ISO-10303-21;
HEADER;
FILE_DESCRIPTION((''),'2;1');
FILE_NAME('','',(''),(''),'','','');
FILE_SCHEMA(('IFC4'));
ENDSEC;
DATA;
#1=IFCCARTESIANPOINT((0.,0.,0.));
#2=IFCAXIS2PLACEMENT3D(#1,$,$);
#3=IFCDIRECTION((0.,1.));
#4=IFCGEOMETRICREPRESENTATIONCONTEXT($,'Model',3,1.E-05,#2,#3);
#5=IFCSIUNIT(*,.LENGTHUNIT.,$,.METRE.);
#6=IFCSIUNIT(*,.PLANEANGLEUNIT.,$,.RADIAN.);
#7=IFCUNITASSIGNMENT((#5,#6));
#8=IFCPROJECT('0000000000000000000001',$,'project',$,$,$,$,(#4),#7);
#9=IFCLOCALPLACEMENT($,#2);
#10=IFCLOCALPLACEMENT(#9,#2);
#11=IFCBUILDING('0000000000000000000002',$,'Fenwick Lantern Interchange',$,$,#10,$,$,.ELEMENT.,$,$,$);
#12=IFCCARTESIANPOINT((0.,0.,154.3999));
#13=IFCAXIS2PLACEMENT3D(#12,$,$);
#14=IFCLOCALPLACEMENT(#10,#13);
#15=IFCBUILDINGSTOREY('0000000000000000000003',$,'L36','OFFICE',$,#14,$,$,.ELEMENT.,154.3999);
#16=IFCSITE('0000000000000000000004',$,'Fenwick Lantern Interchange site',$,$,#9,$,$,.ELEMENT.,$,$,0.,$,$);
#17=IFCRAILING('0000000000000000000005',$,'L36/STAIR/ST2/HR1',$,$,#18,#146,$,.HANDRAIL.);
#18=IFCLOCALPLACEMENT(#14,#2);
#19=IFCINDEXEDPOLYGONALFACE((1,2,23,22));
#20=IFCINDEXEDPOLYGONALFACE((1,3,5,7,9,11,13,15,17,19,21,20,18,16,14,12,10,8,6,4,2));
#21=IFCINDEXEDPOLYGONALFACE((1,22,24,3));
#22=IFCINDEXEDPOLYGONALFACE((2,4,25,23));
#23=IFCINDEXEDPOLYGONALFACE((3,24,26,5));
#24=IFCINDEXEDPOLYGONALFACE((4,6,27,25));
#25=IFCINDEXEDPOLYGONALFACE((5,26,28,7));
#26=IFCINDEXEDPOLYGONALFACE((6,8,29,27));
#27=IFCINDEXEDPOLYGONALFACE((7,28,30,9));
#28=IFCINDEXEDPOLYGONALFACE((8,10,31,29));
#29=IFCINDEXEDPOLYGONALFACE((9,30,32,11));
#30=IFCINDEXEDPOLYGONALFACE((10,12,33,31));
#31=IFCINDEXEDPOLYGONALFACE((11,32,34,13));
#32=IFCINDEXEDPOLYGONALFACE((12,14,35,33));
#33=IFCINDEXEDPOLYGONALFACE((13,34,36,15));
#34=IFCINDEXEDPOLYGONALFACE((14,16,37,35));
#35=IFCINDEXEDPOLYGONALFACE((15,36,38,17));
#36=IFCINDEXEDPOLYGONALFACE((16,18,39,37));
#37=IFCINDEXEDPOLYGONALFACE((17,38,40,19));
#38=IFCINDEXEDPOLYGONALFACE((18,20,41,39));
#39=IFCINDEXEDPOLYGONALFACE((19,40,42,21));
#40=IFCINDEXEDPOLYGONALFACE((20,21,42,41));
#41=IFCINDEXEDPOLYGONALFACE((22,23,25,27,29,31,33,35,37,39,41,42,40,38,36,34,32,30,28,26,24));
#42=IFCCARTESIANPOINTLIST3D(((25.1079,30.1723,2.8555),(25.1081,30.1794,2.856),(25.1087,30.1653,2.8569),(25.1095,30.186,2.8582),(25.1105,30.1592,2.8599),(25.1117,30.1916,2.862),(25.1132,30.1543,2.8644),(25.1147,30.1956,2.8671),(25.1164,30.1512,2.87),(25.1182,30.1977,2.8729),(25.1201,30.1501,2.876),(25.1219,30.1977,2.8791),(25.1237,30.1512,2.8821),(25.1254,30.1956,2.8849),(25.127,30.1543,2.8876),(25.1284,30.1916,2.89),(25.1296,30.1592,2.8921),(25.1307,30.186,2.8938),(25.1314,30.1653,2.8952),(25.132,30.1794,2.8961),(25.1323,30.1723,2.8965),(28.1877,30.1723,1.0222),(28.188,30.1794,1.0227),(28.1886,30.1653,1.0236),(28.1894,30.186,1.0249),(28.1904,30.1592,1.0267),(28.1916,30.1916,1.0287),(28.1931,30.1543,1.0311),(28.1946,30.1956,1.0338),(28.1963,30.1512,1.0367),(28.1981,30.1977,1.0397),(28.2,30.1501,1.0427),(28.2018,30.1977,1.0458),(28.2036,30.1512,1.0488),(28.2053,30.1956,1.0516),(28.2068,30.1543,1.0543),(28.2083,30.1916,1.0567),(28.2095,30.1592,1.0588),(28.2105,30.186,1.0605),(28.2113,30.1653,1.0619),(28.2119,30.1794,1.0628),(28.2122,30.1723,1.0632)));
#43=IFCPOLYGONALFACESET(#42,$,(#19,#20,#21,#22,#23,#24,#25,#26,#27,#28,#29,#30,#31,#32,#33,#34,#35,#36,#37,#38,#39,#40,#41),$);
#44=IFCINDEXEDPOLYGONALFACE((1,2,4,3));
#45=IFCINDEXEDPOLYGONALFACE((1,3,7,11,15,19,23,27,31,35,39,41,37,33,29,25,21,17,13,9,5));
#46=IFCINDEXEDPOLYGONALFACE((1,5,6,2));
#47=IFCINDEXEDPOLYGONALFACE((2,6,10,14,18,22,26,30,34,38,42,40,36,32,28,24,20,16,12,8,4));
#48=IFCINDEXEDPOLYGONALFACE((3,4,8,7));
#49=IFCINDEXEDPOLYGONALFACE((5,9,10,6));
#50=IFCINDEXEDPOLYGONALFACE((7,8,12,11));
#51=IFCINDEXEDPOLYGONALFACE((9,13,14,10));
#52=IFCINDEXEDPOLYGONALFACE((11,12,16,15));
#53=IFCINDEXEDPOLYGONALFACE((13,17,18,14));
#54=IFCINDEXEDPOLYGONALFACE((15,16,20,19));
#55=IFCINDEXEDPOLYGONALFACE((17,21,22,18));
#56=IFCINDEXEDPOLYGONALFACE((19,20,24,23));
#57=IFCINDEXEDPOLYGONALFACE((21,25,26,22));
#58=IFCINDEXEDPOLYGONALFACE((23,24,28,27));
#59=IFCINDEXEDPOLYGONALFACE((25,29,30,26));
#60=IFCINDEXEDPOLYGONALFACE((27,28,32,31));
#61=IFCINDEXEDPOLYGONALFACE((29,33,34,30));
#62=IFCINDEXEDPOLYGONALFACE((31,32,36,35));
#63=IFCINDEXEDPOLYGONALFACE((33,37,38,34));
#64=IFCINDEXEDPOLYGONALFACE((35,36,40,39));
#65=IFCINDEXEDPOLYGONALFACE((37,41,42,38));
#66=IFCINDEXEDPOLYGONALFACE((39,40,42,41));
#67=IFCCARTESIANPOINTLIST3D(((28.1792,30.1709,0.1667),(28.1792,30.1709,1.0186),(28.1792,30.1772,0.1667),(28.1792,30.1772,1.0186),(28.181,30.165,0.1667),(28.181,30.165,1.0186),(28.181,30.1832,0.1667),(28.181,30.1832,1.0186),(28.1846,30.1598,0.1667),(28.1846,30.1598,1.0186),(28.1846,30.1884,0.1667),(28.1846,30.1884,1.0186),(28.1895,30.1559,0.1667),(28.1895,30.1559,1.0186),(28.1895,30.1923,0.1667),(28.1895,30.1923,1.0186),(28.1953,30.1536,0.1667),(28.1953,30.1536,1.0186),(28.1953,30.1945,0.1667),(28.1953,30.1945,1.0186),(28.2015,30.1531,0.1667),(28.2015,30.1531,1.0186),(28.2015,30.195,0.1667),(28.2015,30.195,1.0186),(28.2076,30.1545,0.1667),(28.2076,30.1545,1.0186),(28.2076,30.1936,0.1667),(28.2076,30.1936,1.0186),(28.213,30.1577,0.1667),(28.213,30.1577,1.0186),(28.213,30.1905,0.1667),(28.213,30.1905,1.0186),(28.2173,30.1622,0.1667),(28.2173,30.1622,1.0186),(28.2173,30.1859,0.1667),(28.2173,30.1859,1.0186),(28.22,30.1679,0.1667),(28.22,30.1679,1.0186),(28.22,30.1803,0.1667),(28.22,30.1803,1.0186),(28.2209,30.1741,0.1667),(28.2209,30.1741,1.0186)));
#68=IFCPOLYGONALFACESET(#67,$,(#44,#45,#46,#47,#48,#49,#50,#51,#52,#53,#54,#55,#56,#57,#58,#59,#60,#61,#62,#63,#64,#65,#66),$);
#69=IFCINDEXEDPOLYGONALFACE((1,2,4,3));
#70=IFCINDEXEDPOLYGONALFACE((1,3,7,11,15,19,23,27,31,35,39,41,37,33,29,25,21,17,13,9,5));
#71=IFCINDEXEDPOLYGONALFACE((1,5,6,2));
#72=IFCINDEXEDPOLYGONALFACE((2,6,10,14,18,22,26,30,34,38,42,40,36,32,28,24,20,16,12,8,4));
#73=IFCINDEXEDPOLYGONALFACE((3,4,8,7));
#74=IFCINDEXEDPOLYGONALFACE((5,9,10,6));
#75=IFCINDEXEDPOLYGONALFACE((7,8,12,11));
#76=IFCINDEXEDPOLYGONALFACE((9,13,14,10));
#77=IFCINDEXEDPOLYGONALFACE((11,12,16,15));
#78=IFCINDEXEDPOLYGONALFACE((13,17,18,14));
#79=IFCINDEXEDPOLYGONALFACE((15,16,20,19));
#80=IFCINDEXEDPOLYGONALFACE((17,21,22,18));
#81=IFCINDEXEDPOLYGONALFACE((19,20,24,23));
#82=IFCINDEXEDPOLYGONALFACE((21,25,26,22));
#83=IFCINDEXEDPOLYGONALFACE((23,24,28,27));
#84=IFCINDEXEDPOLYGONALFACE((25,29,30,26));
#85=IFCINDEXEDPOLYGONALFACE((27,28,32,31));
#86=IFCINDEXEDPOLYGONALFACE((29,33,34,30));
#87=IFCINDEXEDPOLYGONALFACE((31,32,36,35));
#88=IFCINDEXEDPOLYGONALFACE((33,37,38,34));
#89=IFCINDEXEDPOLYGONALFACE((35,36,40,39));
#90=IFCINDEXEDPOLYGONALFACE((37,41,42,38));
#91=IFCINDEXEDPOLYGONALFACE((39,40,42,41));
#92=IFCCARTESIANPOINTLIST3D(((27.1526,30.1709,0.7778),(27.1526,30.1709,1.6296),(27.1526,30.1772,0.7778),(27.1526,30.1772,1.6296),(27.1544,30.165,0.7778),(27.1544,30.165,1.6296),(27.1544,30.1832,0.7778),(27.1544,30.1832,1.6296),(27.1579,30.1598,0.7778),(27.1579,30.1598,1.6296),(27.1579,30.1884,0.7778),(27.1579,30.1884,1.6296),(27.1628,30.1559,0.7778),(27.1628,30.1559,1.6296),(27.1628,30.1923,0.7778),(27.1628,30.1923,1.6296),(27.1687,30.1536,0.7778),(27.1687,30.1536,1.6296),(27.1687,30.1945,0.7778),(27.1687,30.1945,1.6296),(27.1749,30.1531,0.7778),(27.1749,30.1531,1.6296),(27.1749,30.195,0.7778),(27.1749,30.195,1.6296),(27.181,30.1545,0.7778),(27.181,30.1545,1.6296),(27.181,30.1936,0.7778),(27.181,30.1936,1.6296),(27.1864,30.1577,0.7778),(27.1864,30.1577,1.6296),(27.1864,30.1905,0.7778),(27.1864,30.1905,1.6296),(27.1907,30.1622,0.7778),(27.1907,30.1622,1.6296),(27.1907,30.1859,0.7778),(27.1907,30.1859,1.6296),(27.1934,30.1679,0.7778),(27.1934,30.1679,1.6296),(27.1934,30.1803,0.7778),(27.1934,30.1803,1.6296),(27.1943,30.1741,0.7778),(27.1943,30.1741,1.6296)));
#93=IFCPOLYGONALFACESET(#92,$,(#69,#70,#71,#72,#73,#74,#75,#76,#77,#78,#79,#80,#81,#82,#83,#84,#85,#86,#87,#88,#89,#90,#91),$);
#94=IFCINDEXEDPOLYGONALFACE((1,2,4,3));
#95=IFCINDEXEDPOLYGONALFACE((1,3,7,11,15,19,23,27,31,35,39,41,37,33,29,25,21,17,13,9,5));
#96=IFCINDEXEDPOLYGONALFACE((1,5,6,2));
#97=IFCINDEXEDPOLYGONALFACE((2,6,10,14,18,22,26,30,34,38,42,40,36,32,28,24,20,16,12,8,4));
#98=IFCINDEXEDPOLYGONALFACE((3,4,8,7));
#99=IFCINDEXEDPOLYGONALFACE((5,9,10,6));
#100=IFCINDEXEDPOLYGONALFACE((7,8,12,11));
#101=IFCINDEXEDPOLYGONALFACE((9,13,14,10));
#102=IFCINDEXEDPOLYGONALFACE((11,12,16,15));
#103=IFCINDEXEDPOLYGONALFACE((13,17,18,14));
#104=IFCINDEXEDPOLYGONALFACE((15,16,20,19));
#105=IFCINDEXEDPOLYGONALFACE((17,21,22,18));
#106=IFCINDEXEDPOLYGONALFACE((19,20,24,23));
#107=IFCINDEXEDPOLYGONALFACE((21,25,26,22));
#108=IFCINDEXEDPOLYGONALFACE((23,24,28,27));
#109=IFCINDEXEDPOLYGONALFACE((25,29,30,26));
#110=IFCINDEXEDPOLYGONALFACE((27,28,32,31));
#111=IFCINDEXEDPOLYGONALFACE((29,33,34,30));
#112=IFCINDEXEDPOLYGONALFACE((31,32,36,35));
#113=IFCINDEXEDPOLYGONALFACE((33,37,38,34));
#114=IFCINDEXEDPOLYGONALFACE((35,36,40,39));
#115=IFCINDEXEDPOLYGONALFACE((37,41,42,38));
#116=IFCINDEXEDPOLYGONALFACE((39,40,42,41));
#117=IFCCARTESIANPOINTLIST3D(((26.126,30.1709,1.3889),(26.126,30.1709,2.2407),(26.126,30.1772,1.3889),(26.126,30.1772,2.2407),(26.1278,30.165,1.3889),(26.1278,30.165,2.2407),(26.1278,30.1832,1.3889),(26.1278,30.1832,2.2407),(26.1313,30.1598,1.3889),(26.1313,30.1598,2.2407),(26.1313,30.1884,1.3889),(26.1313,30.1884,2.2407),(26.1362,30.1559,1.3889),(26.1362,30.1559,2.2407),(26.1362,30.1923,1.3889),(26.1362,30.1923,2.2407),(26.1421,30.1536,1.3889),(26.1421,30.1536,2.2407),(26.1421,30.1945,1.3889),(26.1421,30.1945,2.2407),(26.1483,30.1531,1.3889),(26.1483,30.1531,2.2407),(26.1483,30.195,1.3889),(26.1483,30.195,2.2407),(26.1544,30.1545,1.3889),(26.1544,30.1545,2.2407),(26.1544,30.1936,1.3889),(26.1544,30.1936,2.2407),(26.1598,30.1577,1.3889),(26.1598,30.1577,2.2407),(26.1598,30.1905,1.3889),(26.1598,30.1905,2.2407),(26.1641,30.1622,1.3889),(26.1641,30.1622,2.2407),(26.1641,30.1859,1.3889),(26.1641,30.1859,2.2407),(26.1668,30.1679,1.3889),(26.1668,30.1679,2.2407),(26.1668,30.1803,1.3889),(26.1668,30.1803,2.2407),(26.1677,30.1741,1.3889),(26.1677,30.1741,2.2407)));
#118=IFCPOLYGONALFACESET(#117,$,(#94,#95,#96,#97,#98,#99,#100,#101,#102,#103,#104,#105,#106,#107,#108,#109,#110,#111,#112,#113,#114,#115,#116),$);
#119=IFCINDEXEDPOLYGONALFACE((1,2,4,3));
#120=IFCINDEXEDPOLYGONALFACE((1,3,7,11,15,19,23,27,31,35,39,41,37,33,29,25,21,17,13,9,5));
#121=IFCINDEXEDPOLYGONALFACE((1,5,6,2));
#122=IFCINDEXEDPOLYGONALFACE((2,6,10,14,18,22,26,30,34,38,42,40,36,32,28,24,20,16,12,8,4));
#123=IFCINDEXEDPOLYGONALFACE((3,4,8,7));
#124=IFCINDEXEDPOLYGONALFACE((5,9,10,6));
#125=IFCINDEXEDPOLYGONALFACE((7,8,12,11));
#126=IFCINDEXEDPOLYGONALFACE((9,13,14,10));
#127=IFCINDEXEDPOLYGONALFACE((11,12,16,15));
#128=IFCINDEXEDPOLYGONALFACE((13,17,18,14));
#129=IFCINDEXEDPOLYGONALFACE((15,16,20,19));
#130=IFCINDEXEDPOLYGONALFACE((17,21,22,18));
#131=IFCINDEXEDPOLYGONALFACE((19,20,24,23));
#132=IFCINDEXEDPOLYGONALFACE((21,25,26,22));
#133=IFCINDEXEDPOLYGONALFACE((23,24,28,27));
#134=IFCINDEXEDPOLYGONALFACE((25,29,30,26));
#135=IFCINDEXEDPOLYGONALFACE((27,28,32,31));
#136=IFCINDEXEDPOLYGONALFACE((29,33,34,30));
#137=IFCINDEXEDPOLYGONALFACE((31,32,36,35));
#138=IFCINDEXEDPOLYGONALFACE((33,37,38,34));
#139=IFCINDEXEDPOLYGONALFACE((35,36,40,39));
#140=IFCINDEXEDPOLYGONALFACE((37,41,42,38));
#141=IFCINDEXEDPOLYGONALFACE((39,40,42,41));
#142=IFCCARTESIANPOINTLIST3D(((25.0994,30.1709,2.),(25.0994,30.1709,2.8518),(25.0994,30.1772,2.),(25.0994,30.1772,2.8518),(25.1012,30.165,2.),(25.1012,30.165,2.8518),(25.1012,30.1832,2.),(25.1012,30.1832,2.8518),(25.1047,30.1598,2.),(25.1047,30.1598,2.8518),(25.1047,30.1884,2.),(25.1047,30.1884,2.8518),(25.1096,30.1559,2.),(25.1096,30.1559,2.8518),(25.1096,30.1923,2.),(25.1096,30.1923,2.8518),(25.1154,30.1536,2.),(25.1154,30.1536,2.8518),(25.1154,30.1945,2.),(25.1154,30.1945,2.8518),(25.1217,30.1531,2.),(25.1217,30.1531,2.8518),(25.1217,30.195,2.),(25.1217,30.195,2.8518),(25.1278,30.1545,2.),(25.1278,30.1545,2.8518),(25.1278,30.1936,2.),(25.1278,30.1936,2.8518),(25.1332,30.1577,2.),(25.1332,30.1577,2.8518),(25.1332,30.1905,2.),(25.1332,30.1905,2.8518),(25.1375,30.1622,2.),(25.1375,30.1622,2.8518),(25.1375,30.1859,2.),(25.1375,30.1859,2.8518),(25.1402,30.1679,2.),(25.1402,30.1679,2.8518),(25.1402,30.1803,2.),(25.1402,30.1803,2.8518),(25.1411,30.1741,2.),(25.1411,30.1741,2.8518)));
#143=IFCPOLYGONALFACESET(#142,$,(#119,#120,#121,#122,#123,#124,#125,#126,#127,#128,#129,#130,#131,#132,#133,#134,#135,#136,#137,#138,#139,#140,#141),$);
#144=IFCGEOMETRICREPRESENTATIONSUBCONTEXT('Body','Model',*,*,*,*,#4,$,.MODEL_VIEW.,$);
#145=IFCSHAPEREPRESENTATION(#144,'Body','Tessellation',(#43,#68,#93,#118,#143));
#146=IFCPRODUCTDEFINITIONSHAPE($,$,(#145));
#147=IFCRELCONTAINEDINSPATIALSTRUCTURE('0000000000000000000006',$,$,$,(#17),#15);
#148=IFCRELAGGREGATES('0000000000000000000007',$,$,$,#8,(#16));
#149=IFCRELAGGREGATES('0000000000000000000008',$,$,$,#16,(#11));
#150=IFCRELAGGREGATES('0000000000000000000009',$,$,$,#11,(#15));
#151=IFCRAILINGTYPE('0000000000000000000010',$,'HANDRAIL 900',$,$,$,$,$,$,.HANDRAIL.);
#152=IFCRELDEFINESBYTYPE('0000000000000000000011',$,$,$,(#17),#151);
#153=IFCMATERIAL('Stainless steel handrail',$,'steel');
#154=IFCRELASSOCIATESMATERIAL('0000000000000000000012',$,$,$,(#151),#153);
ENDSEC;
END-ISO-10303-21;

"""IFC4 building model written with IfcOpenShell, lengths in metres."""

from ifc_helpers import new_model, si_unit, direction, frame, origin, origin_2d, place, context, subcontext, project, spatial, circle, extrude, material, type_object, element, save


model = new_model("IFC4")

# Units and contexts
model_context = context("Model", 3, precision=1e-05, world=origin(), true_north=direction((0.0, 1.0)))
body_context = subcontext(model_context, "Body", "Model", "MODEL_VIEW")
ifc_project = project(units=[si_unit("LENGTHUNIT", "METRE"), si_unit("PLANEANGLEUNIT", "RADIAN")], contexts=[model_context])

# Site, building, storey
site_placement = place(None, origin())
site = spatial("IfcSite", under=ifc_project, at=site_placement, Name="Fenwick Lantern Interchange site", CompositionType="ELEMENT", RefElevation=0.0)
building_placement = place(site_placement, origin())
building = spatial("IfcBuilding", under=site, at=building_placement, Name="Fenwick Lantern Interchange", CompositionType="ELEMENT")
storey_placement = place(building_placement, frame((0.0, 0.0, 154.3999)))
storey = spatial("IfcBuildingStorey", under=building, at=storey_placement, Name="L36", Description="OFFICE", CompositionType="ELEMENT", Elevation=154.3999)

# Railing
ifc_material_1 = material(Name="Stainless steel handrail", Category="steel")
railing_type = type_object("IfcRailingType", Name="HANDRAIL 900", PredefinedType="HANDRAIL", material=ifc_material_1)
railing_1_placement = place(storey_placement, frame((28.2, 30.1741, 0.1667)))
element("IfcRailing", 1, at=railing_1_placement, inside=storey, type_object=railing_type, Name="L36/STAIR/ST2/HR1", PredefinedType="HANDRAIL", context=body_context, shape_type="SweptSolid", body=[
    extrude(circle(Radius=0.0239, at=origin_2d()), frame((0.0, 0.0, 0.876), z_axis=(-0.859291, 0.0, 0.511487), x_axis=(0.0, -1.0, 0.0)), (0.0, 0.0, 1.0), 3.5842),
    extrude(circle(Radius=0.021, at=origin_2d()), origin(), (0.0, 0.0, 1.0), 0.8518),
    extrude(circle(Radius=0.021, at=origin_2d()), frame((-1.0266, 0.0, 0.6111)), (0.0, 0.0, 1.0), 0.8518),
    extrude(circle(Radius=0.021, at=origin_2d()), frame((-2.0532, 0.0, 1.2222)), (0.0, 0.0, 1.0), 0.8518),
    extrude(circle(Radius=0.021, at=origin_2d()), frame((-3.0798, 0.0, 1.8333)), (0.0, 0.0, 1.0), 0.8518),
])

save(model, "model.ifc")
